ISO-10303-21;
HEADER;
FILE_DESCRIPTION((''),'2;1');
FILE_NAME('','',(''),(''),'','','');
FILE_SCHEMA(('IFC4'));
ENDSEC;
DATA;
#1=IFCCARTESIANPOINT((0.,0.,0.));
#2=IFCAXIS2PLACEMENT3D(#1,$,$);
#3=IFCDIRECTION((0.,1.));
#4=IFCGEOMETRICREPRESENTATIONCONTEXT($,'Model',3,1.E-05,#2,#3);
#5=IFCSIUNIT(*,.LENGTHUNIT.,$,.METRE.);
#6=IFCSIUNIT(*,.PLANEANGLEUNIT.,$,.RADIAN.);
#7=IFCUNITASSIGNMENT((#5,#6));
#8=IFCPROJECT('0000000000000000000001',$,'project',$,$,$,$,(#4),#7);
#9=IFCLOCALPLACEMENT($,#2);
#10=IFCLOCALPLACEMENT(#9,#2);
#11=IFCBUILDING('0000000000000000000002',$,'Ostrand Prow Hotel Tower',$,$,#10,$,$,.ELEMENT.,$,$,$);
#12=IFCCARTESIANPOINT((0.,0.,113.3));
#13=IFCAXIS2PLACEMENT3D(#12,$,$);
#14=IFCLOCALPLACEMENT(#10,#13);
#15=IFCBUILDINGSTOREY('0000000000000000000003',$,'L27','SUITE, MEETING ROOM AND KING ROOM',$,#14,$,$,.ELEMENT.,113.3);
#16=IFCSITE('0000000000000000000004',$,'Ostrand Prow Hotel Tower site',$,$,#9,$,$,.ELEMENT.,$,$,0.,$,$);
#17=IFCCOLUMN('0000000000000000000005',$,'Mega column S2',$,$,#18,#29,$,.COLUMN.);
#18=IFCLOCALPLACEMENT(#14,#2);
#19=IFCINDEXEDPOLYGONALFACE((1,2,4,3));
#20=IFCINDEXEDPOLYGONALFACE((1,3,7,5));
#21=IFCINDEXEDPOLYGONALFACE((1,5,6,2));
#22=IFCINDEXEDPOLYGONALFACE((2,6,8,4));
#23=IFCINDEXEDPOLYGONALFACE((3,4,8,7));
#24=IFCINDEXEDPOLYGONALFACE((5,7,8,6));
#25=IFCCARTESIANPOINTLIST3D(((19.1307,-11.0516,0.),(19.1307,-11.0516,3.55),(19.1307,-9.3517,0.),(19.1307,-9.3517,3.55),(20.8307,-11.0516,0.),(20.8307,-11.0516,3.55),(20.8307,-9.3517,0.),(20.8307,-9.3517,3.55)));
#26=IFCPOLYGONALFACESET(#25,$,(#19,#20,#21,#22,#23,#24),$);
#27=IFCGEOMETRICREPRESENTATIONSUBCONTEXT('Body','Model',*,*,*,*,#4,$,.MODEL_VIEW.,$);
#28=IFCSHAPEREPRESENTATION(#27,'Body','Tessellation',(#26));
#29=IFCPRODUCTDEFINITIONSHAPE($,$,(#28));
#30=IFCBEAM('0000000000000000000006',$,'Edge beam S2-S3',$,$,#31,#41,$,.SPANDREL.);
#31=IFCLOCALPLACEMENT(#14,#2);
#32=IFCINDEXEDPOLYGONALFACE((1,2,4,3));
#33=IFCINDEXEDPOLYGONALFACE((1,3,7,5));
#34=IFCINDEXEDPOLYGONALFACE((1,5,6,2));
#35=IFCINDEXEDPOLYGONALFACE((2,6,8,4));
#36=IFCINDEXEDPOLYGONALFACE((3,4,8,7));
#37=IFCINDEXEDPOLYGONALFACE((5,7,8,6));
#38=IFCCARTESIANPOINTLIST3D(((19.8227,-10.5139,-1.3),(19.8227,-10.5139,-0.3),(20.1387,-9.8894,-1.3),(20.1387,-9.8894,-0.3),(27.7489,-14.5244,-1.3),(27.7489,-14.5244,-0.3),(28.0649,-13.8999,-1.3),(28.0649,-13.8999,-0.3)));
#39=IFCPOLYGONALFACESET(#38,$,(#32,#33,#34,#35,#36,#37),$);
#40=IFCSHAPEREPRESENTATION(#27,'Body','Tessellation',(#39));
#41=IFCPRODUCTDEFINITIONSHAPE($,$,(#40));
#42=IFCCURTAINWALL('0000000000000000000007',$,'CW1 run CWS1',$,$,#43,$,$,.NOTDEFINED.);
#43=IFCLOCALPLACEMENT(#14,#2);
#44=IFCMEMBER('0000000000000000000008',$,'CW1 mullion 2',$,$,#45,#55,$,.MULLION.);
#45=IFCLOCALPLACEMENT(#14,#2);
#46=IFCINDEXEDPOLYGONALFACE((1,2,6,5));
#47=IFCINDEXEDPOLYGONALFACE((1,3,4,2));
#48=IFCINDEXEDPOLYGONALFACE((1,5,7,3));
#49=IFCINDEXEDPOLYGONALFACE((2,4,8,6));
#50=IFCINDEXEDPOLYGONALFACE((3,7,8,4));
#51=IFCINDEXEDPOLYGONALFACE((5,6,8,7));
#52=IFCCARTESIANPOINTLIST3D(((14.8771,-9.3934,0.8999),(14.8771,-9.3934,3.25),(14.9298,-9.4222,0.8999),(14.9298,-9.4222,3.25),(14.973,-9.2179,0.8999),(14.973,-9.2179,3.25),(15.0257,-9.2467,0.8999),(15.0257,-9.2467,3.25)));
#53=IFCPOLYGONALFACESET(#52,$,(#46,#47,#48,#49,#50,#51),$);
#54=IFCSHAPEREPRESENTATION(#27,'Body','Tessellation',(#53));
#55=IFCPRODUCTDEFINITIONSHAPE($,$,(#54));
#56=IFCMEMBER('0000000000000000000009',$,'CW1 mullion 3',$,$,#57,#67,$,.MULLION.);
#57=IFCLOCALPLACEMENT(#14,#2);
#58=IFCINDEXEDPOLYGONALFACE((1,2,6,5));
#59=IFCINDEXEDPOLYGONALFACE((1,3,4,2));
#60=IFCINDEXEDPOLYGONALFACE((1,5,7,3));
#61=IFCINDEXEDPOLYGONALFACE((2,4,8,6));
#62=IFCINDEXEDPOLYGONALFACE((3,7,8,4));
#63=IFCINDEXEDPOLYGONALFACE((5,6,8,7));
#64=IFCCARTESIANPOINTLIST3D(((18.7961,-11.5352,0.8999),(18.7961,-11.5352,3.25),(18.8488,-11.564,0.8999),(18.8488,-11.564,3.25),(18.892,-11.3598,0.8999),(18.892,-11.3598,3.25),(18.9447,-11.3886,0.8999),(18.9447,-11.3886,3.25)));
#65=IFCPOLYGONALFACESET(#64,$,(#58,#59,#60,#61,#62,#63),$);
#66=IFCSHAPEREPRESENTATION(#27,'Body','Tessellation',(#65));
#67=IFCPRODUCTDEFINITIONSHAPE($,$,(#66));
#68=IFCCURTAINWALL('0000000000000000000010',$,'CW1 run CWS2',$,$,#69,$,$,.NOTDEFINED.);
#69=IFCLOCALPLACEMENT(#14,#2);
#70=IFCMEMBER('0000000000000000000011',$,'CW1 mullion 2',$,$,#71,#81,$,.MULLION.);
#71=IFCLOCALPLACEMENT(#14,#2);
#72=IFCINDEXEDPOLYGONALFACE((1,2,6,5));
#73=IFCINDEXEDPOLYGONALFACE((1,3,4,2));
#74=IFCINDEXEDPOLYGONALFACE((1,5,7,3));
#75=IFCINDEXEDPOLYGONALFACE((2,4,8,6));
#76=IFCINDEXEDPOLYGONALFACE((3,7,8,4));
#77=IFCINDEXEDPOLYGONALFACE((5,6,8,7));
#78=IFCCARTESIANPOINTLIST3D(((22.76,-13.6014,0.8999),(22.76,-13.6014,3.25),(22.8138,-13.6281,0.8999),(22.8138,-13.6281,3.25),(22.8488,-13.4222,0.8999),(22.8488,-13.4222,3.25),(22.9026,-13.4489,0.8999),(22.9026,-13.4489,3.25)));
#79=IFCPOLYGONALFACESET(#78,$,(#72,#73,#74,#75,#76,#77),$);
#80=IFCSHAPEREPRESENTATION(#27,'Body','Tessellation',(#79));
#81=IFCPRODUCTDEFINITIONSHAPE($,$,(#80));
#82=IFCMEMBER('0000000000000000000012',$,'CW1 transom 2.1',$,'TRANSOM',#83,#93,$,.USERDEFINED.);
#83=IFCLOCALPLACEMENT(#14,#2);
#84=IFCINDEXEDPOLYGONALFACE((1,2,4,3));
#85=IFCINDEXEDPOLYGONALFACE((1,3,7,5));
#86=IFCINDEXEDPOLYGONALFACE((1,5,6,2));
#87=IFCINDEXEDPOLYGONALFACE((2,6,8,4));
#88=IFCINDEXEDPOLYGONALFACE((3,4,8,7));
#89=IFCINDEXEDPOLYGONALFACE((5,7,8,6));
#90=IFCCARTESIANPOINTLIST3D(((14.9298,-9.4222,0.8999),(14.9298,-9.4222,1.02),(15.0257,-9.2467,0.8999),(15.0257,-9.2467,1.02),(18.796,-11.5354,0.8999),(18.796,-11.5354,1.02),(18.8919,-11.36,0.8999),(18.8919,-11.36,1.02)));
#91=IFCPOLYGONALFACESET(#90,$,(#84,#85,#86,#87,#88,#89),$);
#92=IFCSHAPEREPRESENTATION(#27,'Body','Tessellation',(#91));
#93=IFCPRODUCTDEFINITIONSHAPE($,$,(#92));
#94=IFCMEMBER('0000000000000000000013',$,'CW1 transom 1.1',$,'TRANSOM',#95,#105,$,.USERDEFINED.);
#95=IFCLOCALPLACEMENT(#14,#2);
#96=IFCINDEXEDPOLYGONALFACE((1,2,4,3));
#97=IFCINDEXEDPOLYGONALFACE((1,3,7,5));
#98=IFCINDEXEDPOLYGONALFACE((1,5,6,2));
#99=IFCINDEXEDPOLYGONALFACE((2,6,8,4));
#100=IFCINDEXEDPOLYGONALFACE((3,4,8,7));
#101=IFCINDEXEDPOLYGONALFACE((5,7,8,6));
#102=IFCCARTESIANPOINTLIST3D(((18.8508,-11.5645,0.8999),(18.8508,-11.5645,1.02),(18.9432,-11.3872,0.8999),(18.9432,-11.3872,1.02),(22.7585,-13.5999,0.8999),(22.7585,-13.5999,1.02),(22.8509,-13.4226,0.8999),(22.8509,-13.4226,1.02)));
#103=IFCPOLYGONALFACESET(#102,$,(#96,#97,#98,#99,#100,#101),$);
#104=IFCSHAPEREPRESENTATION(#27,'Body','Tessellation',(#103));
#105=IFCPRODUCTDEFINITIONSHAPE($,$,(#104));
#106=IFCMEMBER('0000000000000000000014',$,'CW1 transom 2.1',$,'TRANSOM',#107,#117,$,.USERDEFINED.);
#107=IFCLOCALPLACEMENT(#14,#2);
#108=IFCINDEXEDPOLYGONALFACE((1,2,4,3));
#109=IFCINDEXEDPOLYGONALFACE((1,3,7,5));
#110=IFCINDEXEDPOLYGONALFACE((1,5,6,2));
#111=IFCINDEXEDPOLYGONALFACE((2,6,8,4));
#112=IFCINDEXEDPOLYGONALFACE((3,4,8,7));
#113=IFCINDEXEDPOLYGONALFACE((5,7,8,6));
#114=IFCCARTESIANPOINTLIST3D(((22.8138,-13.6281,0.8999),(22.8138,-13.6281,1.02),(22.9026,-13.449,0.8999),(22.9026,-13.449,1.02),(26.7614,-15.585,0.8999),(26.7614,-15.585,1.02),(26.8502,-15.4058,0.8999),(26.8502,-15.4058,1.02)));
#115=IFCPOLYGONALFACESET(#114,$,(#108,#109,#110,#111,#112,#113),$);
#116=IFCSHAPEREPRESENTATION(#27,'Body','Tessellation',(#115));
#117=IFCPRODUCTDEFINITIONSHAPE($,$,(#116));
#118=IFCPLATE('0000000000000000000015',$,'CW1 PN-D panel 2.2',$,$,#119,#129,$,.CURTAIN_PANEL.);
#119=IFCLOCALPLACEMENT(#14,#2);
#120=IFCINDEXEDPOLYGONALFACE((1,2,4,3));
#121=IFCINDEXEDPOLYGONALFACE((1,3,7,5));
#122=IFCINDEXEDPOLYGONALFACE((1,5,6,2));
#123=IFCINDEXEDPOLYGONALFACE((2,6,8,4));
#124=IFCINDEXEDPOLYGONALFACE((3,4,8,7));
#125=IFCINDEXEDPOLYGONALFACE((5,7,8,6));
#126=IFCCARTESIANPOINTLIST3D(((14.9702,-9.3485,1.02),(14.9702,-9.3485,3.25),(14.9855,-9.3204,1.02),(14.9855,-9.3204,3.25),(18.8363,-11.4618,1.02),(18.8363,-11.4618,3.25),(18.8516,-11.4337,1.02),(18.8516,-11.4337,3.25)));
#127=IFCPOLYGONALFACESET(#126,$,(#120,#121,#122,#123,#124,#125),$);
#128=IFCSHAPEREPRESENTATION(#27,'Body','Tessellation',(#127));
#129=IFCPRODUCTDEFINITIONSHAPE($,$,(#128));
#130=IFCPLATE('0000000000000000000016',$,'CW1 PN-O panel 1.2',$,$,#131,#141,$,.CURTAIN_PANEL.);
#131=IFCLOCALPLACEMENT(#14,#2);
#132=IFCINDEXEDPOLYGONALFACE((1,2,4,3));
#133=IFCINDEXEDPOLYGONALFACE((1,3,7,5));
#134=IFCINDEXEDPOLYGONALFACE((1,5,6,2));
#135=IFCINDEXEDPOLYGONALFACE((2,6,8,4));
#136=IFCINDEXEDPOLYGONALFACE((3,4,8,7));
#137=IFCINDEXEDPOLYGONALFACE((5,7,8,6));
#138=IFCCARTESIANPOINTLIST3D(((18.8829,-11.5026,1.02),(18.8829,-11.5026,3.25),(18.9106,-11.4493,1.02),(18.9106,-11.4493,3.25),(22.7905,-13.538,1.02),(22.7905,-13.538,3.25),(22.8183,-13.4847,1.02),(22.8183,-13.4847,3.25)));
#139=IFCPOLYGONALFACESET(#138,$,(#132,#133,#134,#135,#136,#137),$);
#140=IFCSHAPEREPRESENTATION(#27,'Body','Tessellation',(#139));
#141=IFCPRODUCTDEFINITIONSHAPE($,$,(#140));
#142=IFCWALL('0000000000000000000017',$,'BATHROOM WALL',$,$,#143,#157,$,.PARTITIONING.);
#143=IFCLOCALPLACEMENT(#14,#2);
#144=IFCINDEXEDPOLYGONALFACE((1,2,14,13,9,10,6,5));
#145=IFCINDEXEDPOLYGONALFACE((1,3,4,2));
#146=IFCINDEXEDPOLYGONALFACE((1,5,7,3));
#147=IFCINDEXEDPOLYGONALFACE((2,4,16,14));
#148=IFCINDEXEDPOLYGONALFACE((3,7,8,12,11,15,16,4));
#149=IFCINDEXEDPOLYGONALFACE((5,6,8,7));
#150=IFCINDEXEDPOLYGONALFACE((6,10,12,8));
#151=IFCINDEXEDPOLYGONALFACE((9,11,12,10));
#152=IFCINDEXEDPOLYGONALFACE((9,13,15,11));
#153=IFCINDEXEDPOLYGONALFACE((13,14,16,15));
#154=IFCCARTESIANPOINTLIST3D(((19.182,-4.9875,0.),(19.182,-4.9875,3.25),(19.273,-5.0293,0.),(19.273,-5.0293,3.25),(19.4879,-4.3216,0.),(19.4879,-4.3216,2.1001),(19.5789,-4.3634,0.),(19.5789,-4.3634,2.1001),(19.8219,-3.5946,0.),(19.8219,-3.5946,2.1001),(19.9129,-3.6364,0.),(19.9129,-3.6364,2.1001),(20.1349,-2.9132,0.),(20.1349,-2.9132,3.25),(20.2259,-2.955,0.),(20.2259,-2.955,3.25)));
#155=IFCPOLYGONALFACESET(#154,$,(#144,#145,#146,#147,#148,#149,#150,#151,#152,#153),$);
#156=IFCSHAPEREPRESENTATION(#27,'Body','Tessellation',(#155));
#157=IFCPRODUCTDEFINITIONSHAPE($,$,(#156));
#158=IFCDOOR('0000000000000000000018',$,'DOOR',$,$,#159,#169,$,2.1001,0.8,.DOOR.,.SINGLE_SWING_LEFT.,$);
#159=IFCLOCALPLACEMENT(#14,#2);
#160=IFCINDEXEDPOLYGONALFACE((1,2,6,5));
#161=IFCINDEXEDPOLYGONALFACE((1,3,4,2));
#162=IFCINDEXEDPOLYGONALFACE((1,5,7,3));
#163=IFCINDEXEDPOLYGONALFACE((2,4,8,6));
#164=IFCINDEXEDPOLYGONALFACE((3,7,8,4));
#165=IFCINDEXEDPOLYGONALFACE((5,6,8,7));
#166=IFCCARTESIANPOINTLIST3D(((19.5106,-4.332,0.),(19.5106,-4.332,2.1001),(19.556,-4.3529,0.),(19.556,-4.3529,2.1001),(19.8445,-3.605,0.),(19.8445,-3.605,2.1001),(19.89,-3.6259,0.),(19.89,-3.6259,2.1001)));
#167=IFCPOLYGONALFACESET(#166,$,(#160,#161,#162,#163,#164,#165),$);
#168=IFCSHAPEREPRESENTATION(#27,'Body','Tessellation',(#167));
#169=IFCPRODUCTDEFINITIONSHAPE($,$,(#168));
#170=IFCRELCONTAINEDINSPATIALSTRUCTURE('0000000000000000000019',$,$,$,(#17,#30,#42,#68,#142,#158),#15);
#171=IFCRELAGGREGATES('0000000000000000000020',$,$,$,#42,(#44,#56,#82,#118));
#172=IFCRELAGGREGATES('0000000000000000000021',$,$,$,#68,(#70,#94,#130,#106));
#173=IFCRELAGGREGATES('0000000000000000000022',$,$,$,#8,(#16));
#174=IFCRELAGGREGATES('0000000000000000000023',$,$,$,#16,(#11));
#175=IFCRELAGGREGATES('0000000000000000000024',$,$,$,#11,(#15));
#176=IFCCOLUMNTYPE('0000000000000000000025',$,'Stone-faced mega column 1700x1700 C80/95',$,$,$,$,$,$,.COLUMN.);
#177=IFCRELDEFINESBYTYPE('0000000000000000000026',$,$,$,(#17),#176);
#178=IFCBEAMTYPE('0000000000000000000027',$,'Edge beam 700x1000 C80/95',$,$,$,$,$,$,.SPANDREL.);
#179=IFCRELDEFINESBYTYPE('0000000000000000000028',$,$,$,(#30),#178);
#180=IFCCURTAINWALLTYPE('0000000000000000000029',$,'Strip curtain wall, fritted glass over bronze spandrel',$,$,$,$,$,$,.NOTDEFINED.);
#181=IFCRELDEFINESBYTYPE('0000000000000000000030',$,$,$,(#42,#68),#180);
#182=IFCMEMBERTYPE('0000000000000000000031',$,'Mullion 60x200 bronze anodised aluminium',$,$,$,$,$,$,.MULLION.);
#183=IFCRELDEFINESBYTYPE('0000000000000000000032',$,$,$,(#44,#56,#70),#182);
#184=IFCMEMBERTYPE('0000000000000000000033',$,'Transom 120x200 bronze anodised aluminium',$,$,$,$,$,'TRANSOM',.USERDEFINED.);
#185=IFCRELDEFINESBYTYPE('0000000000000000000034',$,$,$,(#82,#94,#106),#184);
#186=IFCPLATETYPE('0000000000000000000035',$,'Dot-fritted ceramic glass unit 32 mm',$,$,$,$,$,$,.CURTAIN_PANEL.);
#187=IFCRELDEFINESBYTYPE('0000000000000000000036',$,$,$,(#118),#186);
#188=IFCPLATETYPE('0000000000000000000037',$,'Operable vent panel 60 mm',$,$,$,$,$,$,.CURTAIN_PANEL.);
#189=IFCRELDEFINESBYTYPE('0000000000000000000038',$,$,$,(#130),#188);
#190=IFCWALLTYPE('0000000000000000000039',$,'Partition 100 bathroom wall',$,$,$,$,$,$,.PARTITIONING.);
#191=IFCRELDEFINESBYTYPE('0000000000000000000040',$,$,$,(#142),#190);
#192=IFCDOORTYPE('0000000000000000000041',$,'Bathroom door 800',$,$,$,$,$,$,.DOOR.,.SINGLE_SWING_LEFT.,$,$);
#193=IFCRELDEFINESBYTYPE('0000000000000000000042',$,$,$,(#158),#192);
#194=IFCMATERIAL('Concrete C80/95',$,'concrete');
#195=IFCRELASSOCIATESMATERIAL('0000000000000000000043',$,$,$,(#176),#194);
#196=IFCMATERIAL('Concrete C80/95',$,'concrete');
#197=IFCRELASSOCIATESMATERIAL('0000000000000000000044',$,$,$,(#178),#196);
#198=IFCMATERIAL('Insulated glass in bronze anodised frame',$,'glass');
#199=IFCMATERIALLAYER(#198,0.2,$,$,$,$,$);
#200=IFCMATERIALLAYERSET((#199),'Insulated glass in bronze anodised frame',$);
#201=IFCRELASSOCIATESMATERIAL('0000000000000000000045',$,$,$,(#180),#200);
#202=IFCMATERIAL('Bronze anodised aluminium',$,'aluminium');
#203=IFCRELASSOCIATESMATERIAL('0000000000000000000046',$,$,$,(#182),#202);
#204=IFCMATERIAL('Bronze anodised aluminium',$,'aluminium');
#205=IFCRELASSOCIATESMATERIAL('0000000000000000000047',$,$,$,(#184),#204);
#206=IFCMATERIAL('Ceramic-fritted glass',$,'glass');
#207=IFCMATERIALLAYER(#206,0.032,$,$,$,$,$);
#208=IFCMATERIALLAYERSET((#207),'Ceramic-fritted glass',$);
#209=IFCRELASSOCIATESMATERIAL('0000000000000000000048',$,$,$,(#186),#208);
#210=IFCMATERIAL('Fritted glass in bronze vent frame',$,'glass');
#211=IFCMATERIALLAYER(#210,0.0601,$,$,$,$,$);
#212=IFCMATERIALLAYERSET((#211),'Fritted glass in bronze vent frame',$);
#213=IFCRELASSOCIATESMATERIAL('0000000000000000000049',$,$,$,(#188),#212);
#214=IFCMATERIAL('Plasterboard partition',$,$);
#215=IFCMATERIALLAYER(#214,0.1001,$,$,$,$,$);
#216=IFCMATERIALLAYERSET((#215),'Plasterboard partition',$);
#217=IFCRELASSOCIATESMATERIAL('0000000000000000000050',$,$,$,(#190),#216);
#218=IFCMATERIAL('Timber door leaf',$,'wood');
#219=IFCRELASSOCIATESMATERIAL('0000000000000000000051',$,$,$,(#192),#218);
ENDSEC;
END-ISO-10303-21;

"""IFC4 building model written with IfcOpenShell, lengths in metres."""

from ifc_helpers import new_model, si_unit, direction, frame, frame_2d, origin, origin_2d, place, context, subcontext, project, spatial, rectangle, extrude, material, layer, layer_set, material_profile, profile_set, type_object, element, fill, aggregate, save


model = new_model("IFC4")

# Units and contexts
model_context = context("Model", 3, precision=1e-05, world=origin(), true_north=direction((0.0, 1.0)))
body_context = subcontext(model_context, "Body", "Model", "MODEL_VIEW")
ifc_project = project(units=[si_unit("LENGTHUNIT", "METRE"), si_unit("PLANEANGLEUNIT", "RADIAN")], contexts=[model_context])

# Site, building, storey
site_placement = place(None, origin())
site = spatial("IfcSite", under=ifc_project, at=site_placement, Name="Ostrand Prow Hotel Tower site", CompositionType="ELEMENT", RefElevation=0.0)
building_placement = place(site_placement, origin())
building = spatial("IfcBuilding", under=site, at=building_placement, Name="Ostrand Prow Hotel Tower", CompositionType="ELEMENT")
storey_placement = place(building_placement, frame((0.0, 0.0, 113.3)))
storey = spatial("IfcBuildingStorey", under=building, at=storey_placement, Name="L27", Description="SUITE, MEETING ROOM AND KING ROOM", CompositionType="ELEMENT", Elevation=113.3)

# Column
ifc_material_1 = material(Name="Concrete C80/95", Category="concrete")
ifc_material_profile_1 = material_profile(ifc_material_1, rectangle(XDim=1.7, YDim=1.7, at=origin_2d()), Name="RC 1700x1700")
ifc_profile_set_1 = profile_set([ifc_material_profile_1], Name="Concrete C80/95")
column_type = type_object("IfcColumnType", Name="Stone-faced mega column 1700x1700 C80/95", PredefinedType="COLUMN", material=ifc_profile_set_1)
column_placement = place(storey_placement, frame((19.9807, -10.2017, 0.0), z_axis=(0.0, 0.0, 1.0), x_axis=(1.0, 0.0, 0.0)))
element("IfcColumn", 1, at=column_placement, inside=storey, type_object=column_type, Name="Mega column S2", PredefinedType="COLUMN", context=body_context, shape_type="SweptSolid", body=[
    extrude(rectangle(XDim=1.7, YDim=1.7, at=origin_2d()), origin(), (0.0, 0.0, 1.0), 3.55),
])

# Beam
ifc_material_2 = material(Name="Concrete C80/95", Category="concrete")
ifc_material_profile_2 = material_profile(ifc_material_2, rectangle(XDim=0.7, YDim=1.0, at=origin_2d()), Name="RC 700x1000")
ifc_profile_set_2 = profile_set([ifc_material_profile_2], Name="Concrete C80/95")
beam_type = type_object("IfcBeamType", Name="Edge beam 700x1000 C80/95", PredefinedType="SPANDREL", material=ifc_profile_set_2)
beam_placement = place(storey_placement, frame((19.9807, -10.2017, -0.8), z_axis=(0.892284, -0.451474, 0.0), x_axis=(0.451474, 0.892284, 0.0)))
element("IfcBeam", 2, at=beam_placement, inside=storey, type_object=beam_type, Name="Edge beam S2-S3", PredefinedType="SPANDREL", context=body_context, shape_type="SweptSolid", body=[
    extrude(rectangle(XDim=0.7, YDim=1.0, at=origin_2d()), origin(), (0.0, 0.0, 1.0), 8.8831),
])

# Curtain wall, members
ifc_material_3 = material(Name="Insulated glass in bronze anodised frame", Category="glass")
ifc_layer_1 = layer(ifc_material_3, 0.2)
ifc_layer_set_1 = layer_set([ifc_layer_1], Name="Insulated glass in bronze anodised frame")
curtain_wall_type = type_object("IfcCurtainWallType", Name="Strip curtain wall, fritted glass over bronze spandrel", PredefinedType="NOTDEFINED", material=ifc_layer_set_1)
curtain_wall_1_placement = place(storey_placement, origin())
curtain_wall_1 = element("IfcCurtainWall", 3, at=curtain_wall_1_placement, inside=storey, type_object=curtain_wall_type, Name="CW1 run CWS1", PredefinedType="NOTDEFINED")
ifc_material_4 = material(Name="Bronze anodised aluminium", Category="aluminium")
ifc_material_profile_3 = material_profile(ifc_material_4, rectangle(XDim=0.2, YDim=0.0601, at=origin_2d()), Name="Mullion 60x200 bronze anodised aluminium")
ifc_profile_set_3 = profile_set([ifc_material_profile_3], Name="Bronze anodised aluminium")
member_type_1 = type_object("IfcMemberType", Name="Mullion 60x200 bronze anodised aluminium", PredefinedType="MULLION", material=ifc_profile_set_3)
member_1_placement = place(storey_placement, frame((14.9514, -9.3201, 0.8999), z_axis=(0.0, 0.0, 1.0), x_axis=(0.479637, 0.877467, 0.0)))
member_1 = element("IfcMember", 4, at=member_1_placement, type_object=member_type_1, Name="CW1 mullion 2", PredefinedType="MULLION", context=body_context, shape_type="SweptSolid", body=[
    extrude(rectangle(XDim=0.2, YDim=0.0601, at=origin_2d()), origin(), (0.0, 0.0, 1.0), 2.3501),
])
member_2_placement = place(storey_placement, frame((18.8704, -11.4619, 0.8999), z_axis=(0.0, 0.0, 1.0), x_axis=(0.479637, 0.877467, 0.0)))
member_2 = element("IfcMember", 5, at=member_2_placement, type_object=member_type_1, Name="CW1 mullion 3", PredefinedType="MULLION", context=body_context, shape_type="SweptSolid", body=[
    extrude(rectangle(XDim=0.2, YDim=0.0601, at=origin_2d()), origin(), (0.0, 0.0, 1.0), 2.3501),
])

# Curtain wall, member
curtain_wall_2_placement = place(storey_placement, origin())
curtain_wall_2 = element("IfcCurtainWall", 6, at=curtain_wall_2_placement, inside=storey, type_object=curtain_wall_type, Name="CW1 run CWS2", PredefinedType="NOTDEFINED")
member_3_placement = place(storey_placement, frame((22.8313, -13.5251, 0.8999), z_axis=(0.0, 0.0, 1.0), x_axis=(0.444113, 0.895971, 0.0)))
member_3 = element("IfcMember", 7, at=member_3_placement, type_object=member_type_1, Name="CW1 mullion 2", PredefinedType="MULLION", context=body_context, shape_type="SweptSolid", body=[
    extrude(rectangle(XDim=0.2, YDim=0.0601, at=origin_2d()), origin(), (0.0, 0.0, 1.0), 2.3501),
])

# Members
ifc_material_5 = material(Name="Bronze anodised aluminium", Category="aluminium")
ifc_material_profile_4 = material_profile(ifc_material_5, rectangle(XDim=0.2, YDim=0.1201, at=origin_2d()), Name="Transom 120x200 bronze anodised aluminium")
ifc_profile_set_4 = profile_set([ifc_material_profile_4], Name="Bronze anodised aluminium")
member_type_2 = type_object("IfcMemberType", Name="Transom 120x200 bronze anodised aluminium", ElementType="TRANSOM", PredefinedType="USERDEFINED", material=ifc_profile_set_4)
member_4_placement = place(storey_placement, frame((14.9778, -9.3345, 0.96), z_axis=(0.877472, -0.479628, 0.0), x_axis=(0.479628, 0.877472, 0.0)))
member_4 = element("IfcMember", 8, at=member_4_placement, type_object=member_type_2, Name="CW1 transom 2.1", ObjectType="TRANSOM", PredefinedType="USERDEFINED", context=body_context, shape_type="SweptSolid", body=[
    extrude(rectangle(XDim=0.2, YDim=0.1201, at=origin_2d()), origin(), (0.0, 0.0, 1.0), 4.406),
])
member_5_placement = place(storey_placement, frame((18.897, -11.4758, 0.96), z_axis=(0.886902, -0.461958, 0.0), x_axis=(0.461958, 0.886902, 0.0)))
member_5 = element("IfcMember", 9, at=member_5_placement, type_object=member_type_2, Name="CW1 transom 1.1", ObjectType="TRANSOM", PredefinedType="USERDEFINED", context=body_context, shape_type="SweptSolid", body=[
    extrude(rectangle(XDim=0.2, YDim=0.1201, at=origin_2d()), origin(), (0.0, 0.0, 1.0), 4.406),
])
member_6_placement = place(storey_placement, frame((22.8582, -13.5386, 0.96), z_axis=(0.895962, -0.44413, 0.0), x_axis=(0.44413, 0.895962, 0.0)))
member_6 = element("IfcMember", 10, at=member_6_placement, type_object=member_type_2, Name="CW1 transom 2.1", ObjectType="TRANSOM", PredefinedType="USERDEFINED", context=body_context, shape_type="SweptSolid", body=[
    extrude(rectangle(XDim=0.2, YDim=0.1201, at=origin_2d()), origin(), (0.0, 0.0, 1.0), 4.406),
])

# Plates
ifc_material_6 = material(Name="Ceramic-fritted glass", Category="glass")
ifc_layer_2 = layer(ifc_material_6, 0.032)
ifc_layer_set_2 = layer_set([ifc_layer_2], Name="Ceramic-fritted glass")
plate_type_1 = type_object("IfcPlateType", Name="Dot-fritted ceramic glass unit 32 mm", PredefinedType="CURTAIN_PANEL", material=ifc_layer_set_2)
plate_1_placement = place(storey_placement, frame((16.9109, -10.3911, 1.02), z_axis=(0.0, 0.0, 1.0), x_axis=(0.877467, -0.479637, 0.0)))
plate_1 = element("IfcPlate", 11, at=plate_1_placement, type_object=plate_type_1, Name="CW1 PN-D panel 2.2", PredefinedType="CURTAIN_PANEL", context=body_context, shape_type="SweptSolid", body=[
    extrude(rectangle(XDim=4.406, YDim=0.032, at=origin_2d()), origin(), (0.0, 0.0, 1.0), 2.23),
])
aggregate(curtain_wall_1, [member_1, member_2, member_4, plate_1])
ifc_material_7 = material(Name="Fritted glass in bronze vent frame", Category="glass")
ifc_layer_3 = layer(ifc_material_7, 0.0601)
ifc_layer_set_3 = layer_set([ifc_layer_3], Name="Fritted glass in bronze vent frame")
plate_type_2 = type_object("IfcPlateType", Name="Operable vent panel 60 mm", PredefinedType="CURTAIN_PANEL", material=ifc_layer_set_3)
plate_2_placement = place(storey_placement, frame((20.8506, -12.4937, 1.02), z_axis=(0.0, 0.0, 1.0), x_axis=(0.886896, -0.461968, 0.0)))
plate_2 = element("IfcPlate", 12, at=plate_2_placement, type_object=plate_type_2, Name="CW1 PN-O panel 1.2", PredefinedType="CURTAIN_PANEL", context=body_context, shape_type="SweptSolid", body=[
    extrude(rectangle(XDim=4.406, YDim=0.0601, at=origin_2d()), origin(), (0.0, 0.0, 1.0), 2.23),
])
aggregate(curtain_wall_2, [member_3, member_5, plate_2, member_6])

# Wall, opening, door
ifc_material_8 = material(Name="Plasterboard partition")
ifc_layer_4 = layer(ifc_material_8, 0.1001)
ifc_layer_set_4 = layer_set([ifc_layer_4], Name="Plasterboard partition")
wall_type_1 = type_object("IfcWallType", Name="Partition 100 bathroom wall", PredefinedType="PARTITIONING", material=ifc_layer_set_4)
wall_1_placement = place(storey_placement, frame((20.1804, -2.9341, 0.0), z_axis=(0.0, 0.0, 1.0), x_axis=(-0.41745, -0.9087, 0.0)))
wall_1 = element("IfcWall", 13, at=wall_1_placement, inside=storey, type_object=wall_type_1, Name="BATHROOM WALL", PredefinedType="PARTITIONING", context=body_context, shape_type="SweptSolid", body=[
    extrude(rectangle(XDim=2.2827, YDim=0.1001, at=frame_2d((1.1414, 0.0))), origin(), (0.0, 0.0, 1.0), 3.25),
])
opening_1_placement = place(wall_1_placement, frame((0.75, 0.0, 0.0)))
opening_1 = element("IfcOpeningElement", 14, at=opening_1_placement, cuts=wall_1, PredefinedType="OPENING", context=body_context, shape_type="SweptSolid", body=[
    extrude(rectangle(XDim=0.8, YDim=2.1001, at=frame_2d((0.3999, 1.05))), frame((0.0, 0.0601, 0.0), z_axis=(0.0, -1.0, 0.0), x_axis=(1.0, 0.0, 0.0)), (0.0, 0.0, 1.0), 0.1201),
])
ifc_material_9 = material(Name="Timber door leaf", Category="wood")
door_type_1 = type_object("IfcDoorType", Name="Bathroom door 800", OperationType="SINGLE_SWING_LEFT", PredefinedType="DOOR", material=ifc_material_9)
door_1_placement = place(opening_1_placement, origin())
door_1 = element("IfcDoor", 15, at=door_1_placement, inside=storey, type_object=door_type_1, Name="DOOR", OperationType="SINGLE_SWING_LEFT", OverallHeight=2.1001, OverallWidth=0.8, PredefinedType="DOOR", context=body_context, shape_type="SweptSolid", body=[
    extrude(rectangle(XDim=0.8, YDim=2.1001, at=frame_2d((0.3999, 1.05))), frame((0.0, 0.0249, 0.0), z_axis=(0.0, -1.0, 0.0), x_axis=(1.0, 0.0, 0.0)), (0.0, 0.0, 1.0), 0.05),
])
fill(opening_1, door_1)

save(model, "model.ifc")
